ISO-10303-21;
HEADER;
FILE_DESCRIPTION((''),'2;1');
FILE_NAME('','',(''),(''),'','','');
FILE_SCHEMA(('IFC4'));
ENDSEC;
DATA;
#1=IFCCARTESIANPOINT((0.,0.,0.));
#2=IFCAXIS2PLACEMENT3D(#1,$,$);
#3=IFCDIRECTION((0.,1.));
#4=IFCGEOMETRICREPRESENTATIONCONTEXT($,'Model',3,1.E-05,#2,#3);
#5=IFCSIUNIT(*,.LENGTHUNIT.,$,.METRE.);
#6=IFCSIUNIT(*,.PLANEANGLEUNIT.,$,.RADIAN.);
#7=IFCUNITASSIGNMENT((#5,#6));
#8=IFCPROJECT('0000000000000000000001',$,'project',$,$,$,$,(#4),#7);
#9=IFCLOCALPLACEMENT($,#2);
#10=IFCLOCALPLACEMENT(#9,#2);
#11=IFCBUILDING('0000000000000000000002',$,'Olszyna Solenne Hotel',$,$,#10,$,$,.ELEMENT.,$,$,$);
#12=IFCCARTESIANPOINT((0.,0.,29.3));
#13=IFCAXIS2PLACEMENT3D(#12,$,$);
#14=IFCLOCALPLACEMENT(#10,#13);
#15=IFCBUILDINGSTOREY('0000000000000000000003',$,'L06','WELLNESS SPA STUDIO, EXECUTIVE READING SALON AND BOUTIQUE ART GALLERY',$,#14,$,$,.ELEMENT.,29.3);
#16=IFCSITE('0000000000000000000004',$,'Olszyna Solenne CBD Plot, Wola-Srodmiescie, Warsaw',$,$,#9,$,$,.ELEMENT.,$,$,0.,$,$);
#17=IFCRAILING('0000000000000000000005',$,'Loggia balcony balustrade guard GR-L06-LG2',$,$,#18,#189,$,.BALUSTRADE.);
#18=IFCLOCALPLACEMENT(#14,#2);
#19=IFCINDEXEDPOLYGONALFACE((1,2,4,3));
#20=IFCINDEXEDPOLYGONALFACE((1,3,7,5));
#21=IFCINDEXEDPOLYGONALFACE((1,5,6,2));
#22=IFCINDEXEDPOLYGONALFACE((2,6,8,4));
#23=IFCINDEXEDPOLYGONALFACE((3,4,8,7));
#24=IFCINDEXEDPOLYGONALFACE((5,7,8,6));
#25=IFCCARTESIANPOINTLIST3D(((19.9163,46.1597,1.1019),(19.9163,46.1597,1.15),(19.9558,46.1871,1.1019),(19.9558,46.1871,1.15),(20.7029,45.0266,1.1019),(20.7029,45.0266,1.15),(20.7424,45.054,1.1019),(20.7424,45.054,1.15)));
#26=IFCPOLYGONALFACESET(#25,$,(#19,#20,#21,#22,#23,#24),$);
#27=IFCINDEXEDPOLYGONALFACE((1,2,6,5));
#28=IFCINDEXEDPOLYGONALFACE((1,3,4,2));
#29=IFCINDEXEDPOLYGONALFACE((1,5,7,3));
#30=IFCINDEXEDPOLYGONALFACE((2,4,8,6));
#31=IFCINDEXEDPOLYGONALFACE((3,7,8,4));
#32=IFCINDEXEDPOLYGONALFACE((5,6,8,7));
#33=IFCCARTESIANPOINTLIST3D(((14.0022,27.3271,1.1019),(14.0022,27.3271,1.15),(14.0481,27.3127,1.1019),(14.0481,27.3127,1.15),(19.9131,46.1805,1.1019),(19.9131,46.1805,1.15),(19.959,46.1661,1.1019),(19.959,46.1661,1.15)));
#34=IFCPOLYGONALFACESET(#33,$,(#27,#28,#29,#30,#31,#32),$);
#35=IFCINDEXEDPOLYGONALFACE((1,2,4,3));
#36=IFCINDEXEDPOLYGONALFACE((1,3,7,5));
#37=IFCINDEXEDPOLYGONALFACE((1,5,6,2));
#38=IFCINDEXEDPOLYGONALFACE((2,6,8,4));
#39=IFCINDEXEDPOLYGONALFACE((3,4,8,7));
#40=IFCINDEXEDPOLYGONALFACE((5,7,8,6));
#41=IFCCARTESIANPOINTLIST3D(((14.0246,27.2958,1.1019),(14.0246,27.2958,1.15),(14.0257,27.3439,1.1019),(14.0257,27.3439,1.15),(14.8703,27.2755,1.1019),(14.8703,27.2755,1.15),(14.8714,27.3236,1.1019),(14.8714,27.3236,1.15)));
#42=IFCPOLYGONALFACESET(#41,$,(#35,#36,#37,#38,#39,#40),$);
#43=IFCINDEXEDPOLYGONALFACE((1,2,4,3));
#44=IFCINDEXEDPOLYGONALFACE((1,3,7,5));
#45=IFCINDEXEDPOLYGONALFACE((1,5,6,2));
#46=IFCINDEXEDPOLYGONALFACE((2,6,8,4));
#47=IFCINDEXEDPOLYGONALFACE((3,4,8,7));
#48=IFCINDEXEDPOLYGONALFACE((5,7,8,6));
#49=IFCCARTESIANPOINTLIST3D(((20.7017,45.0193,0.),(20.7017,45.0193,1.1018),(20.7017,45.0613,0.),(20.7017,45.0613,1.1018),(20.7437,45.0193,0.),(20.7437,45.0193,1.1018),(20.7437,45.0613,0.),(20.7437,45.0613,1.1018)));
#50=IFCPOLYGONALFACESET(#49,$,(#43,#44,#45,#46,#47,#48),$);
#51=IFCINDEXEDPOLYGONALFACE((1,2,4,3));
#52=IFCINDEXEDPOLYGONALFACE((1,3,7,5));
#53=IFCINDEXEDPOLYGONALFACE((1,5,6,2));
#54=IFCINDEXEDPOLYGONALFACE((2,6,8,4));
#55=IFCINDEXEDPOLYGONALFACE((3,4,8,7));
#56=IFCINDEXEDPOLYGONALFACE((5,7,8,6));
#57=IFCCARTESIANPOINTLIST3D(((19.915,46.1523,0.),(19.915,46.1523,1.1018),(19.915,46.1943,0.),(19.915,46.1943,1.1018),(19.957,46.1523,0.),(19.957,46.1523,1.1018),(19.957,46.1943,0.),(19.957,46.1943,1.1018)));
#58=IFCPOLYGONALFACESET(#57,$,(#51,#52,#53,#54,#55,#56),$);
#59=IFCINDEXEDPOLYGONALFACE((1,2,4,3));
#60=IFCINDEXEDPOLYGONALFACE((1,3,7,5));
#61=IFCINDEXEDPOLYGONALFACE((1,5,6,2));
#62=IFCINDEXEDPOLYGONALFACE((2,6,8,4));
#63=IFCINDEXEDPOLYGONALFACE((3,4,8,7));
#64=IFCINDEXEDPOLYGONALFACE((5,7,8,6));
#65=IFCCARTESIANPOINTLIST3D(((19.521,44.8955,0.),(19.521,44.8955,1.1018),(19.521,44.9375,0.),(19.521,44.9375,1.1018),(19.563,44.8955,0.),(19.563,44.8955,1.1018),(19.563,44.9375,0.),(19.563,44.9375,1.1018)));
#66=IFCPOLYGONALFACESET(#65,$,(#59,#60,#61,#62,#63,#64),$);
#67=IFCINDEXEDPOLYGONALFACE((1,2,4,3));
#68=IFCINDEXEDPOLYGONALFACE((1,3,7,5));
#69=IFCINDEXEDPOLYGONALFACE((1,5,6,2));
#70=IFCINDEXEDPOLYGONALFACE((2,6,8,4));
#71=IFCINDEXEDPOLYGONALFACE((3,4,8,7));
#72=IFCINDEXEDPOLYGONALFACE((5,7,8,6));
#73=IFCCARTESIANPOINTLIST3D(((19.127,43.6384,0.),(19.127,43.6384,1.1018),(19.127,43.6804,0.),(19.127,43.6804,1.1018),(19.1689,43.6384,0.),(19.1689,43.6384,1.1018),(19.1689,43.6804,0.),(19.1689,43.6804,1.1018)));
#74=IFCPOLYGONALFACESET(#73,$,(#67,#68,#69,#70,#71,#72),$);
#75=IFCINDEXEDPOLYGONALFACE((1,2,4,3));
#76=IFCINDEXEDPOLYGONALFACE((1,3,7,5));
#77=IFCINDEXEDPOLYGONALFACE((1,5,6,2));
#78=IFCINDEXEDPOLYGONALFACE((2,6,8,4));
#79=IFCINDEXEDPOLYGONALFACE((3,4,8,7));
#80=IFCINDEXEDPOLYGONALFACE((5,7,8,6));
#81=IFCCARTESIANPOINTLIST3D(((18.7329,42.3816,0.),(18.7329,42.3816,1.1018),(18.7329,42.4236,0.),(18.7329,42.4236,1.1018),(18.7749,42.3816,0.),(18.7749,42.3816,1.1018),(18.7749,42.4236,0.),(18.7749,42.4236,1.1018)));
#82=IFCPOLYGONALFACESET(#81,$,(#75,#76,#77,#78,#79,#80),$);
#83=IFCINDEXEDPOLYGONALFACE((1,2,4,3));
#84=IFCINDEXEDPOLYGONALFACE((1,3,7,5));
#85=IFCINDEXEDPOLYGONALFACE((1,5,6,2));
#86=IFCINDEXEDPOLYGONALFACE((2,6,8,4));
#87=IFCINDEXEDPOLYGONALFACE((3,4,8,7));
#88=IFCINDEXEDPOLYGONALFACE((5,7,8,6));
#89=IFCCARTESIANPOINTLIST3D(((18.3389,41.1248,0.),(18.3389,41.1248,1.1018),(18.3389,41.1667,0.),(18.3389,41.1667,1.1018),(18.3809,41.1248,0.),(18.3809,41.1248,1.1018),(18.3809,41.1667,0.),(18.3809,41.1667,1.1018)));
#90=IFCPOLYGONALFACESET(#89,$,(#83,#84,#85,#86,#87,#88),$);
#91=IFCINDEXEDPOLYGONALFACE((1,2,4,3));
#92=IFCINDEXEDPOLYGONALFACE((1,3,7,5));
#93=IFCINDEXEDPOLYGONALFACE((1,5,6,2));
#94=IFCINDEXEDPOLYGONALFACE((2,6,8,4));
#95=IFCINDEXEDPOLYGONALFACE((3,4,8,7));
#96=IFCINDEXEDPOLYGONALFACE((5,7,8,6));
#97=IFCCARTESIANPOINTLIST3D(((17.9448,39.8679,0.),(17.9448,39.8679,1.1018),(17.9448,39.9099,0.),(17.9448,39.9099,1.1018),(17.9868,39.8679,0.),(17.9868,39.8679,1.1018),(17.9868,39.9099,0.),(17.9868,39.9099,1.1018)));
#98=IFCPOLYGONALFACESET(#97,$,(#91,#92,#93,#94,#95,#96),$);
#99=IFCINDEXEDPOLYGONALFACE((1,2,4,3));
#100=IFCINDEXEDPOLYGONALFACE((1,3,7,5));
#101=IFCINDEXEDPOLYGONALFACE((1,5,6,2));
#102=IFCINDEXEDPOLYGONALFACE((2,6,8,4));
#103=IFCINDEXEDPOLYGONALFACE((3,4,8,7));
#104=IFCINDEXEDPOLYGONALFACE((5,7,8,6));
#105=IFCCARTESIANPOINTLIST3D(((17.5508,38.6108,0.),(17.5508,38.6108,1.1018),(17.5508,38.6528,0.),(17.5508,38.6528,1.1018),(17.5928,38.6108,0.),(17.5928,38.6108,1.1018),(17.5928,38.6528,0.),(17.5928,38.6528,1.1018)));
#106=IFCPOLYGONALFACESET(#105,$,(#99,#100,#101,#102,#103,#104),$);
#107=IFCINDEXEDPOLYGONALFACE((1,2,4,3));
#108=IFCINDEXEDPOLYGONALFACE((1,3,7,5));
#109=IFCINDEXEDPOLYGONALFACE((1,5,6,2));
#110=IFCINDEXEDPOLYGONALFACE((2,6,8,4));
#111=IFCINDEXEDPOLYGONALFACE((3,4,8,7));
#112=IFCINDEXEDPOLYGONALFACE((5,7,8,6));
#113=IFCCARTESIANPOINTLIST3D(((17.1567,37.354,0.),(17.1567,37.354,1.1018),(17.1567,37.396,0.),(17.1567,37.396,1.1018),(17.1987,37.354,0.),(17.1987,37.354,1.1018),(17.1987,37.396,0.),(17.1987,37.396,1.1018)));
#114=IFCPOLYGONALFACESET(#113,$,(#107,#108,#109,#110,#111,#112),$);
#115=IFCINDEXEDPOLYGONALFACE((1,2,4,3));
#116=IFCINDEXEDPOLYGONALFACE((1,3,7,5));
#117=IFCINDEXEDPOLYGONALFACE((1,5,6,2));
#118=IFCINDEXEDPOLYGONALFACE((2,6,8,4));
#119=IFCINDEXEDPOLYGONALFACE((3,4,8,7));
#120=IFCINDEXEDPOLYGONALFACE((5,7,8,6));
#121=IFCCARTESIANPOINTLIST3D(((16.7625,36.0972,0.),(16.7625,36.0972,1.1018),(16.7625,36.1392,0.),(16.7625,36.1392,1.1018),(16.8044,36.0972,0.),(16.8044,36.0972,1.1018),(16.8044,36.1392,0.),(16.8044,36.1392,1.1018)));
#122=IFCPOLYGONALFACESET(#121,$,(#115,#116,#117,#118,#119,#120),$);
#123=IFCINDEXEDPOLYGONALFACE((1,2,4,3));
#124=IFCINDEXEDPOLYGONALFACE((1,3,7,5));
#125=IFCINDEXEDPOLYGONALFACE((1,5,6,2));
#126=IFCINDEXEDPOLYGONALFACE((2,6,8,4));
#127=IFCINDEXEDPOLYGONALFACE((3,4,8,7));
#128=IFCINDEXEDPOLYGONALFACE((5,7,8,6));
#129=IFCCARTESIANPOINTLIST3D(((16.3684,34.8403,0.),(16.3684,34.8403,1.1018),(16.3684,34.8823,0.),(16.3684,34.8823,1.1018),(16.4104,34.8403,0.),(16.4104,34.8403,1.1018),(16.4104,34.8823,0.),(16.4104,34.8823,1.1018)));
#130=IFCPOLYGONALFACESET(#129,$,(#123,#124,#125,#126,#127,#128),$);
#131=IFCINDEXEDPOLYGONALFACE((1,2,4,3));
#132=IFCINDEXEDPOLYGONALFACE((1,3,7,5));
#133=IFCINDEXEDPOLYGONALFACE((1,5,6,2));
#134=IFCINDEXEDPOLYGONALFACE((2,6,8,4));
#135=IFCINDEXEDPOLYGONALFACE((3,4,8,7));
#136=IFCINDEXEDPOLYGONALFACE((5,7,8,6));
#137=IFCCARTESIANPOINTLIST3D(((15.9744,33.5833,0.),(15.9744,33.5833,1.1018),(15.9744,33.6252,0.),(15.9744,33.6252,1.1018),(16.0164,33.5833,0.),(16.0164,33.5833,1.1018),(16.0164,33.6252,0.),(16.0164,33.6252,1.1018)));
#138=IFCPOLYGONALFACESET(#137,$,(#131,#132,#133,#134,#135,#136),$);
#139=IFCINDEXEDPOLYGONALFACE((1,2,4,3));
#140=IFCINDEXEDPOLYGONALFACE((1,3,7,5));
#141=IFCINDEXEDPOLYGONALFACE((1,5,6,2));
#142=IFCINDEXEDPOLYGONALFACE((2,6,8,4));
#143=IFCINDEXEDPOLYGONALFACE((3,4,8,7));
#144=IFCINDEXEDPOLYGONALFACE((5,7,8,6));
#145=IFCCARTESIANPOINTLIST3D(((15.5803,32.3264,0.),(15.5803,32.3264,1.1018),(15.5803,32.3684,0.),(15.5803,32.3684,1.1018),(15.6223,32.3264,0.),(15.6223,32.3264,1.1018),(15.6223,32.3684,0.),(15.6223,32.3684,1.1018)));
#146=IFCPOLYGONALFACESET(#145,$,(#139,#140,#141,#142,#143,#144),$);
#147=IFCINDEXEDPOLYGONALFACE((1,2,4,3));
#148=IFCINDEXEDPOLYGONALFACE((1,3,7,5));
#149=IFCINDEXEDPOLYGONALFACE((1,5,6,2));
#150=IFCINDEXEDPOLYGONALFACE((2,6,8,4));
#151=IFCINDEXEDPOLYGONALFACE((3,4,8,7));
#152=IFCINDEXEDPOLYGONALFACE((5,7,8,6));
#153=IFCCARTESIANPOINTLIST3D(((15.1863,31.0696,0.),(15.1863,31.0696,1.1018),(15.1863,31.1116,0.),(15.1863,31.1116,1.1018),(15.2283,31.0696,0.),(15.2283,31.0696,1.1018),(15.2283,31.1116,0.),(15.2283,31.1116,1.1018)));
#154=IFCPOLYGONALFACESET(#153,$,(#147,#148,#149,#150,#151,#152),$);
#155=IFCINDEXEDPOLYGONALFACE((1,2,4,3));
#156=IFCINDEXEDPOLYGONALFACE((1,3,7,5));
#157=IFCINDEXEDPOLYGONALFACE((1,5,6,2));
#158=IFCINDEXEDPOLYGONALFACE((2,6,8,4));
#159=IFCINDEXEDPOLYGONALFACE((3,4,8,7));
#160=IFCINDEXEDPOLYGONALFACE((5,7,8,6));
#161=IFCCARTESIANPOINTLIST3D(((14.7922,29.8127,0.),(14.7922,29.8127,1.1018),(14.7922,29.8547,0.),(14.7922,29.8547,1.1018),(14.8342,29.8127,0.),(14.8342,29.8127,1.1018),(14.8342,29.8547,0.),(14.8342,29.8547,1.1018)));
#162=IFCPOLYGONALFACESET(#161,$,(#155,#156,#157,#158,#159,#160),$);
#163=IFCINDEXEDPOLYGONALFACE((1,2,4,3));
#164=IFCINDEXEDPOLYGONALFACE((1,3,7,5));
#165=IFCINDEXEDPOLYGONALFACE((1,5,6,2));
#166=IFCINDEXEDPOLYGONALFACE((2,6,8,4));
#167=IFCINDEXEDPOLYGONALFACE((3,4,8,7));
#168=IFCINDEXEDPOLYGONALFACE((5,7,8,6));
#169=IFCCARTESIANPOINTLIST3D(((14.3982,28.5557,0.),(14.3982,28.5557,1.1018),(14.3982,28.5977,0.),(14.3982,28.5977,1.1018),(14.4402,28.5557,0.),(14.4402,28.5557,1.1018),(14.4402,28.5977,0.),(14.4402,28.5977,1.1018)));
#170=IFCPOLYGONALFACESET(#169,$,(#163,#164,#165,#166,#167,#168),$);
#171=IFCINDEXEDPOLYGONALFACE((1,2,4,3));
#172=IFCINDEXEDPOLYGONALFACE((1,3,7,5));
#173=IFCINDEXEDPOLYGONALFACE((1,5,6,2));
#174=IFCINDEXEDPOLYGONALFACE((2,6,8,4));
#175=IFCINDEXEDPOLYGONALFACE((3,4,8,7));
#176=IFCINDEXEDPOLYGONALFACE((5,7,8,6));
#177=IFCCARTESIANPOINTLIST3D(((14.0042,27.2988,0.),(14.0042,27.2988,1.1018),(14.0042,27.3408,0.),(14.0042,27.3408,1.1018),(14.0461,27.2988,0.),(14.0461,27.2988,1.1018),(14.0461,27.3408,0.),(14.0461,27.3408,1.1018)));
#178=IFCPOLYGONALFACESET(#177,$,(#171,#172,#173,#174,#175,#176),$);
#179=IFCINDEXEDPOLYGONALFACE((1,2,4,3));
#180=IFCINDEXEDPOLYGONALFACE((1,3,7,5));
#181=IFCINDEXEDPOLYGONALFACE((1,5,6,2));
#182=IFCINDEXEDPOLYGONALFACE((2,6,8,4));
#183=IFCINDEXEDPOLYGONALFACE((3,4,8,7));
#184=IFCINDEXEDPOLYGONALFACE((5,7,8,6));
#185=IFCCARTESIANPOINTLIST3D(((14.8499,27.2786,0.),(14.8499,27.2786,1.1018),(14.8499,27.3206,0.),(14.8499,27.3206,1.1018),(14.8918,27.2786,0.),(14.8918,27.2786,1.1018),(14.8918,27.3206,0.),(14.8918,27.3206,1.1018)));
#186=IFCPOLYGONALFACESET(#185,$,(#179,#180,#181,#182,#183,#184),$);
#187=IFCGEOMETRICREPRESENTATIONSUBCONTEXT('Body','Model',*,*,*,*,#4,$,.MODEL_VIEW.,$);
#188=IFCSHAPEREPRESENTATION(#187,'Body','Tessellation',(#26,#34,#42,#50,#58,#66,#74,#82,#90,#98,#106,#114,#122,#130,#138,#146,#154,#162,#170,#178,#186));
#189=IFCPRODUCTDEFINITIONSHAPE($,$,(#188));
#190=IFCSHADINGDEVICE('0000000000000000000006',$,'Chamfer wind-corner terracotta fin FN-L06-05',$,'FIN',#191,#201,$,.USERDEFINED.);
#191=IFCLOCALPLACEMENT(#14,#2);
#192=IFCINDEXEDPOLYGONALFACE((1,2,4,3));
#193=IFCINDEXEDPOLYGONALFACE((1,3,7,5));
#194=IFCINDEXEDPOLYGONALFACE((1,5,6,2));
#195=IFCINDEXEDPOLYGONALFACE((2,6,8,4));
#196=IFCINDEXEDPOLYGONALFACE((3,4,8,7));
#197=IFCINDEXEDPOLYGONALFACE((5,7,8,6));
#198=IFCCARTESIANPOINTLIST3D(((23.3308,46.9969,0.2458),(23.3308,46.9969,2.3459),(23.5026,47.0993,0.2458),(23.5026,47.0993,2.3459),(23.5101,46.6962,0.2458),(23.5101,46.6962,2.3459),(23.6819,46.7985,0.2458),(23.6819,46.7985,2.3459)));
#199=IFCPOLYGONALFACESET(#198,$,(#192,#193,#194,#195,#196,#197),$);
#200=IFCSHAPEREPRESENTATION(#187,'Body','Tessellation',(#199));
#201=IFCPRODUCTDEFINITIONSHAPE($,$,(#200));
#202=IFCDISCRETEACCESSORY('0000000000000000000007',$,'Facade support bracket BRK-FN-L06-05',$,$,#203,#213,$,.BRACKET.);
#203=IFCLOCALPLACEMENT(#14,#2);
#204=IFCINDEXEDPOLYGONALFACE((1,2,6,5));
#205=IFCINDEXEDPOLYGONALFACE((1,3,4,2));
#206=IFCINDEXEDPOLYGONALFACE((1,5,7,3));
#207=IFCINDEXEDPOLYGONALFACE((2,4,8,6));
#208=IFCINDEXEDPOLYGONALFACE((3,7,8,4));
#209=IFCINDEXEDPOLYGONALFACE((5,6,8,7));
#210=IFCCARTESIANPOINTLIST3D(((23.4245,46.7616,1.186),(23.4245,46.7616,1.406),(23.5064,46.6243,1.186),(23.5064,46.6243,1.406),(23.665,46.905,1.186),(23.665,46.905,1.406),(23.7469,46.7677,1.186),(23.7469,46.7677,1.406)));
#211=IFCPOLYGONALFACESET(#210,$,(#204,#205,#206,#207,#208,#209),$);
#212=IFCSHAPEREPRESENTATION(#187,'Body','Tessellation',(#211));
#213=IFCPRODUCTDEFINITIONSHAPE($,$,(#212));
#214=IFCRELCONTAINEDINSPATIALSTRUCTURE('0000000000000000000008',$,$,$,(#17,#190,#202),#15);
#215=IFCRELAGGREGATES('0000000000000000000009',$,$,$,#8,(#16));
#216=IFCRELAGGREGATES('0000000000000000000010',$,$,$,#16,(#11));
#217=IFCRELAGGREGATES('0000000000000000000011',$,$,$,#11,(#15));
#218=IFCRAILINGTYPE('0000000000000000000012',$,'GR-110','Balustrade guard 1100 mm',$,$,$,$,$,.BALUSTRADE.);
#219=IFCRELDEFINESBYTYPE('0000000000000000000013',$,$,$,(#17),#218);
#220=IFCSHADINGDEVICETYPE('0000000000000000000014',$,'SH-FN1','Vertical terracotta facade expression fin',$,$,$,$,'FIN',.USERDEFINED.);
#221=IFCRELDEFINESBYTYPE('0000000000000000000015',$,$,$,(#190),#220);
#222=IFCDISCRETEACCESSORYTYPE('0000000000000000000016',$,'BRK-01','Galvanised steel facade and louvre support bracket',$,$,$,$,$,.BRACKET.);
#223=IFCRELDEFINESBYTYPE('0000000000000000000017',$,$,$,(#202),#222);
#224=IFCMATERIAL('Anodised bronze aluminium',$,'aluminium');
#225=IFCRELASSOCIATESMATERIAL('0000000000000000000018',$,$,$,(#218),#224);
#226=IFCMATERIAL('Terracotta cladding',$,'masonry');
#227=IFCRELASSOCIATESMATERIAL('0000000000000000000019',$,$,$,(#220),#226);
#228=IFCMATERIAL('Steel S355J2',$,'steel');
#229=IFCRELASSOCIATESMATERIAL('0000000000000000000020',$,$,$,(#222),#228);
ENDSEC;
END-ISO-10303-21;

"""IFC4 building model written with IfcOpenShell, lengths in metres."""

from ifc_helpers import new_model, si_unit, direction, frame, origin, origin_2d, place, context, subcontext, project, spatial, rectangle, extrude, source, transform, mapped, material, type_object, element, save


model = new_model("IFC4")

# Units and contexts
model_context = context("Model", 3, precision=1e-05, world=origin(), true_north=direction((0.0, 1.0)))
body_context = subcontext(model_context, "Body", "Model", "MODEL_VIEW")
ifc_project = project(units=[si_unit("LENGTHUNIT", "METRE"), si_unit("PLANEANGLEUNIT", "RADIAN")], contexts=[model_context])

# Site, building, storey
site_placement = place(None, origin())
site = spatial("IfcSite", under=ifc_project, at=site_placement, Name="Olszyna Solenne CBD Plot, Wola-Srodmiescie, Warsaw", CompositionType="ELEMENT", RefElevation=0.0)
building_placement = place(site_placement, origin())
building = spatial("IfcBuilding", under=site, at=building_placement, Name="Olszyna Solenne Hotel", CompositionType="ELEMENT")
storey_placement = place(building_placement, frame((0.0, 0.0, 29.3)))
storey = spatial("IfcBuildingStorey", under=building, at=storey_placement, Name="L06", Description="WELLNESS SPA STUDIO, EXECUTIVE READING SALON AND BOUTIQUE ART GALLERY", CompositionType="ELEMENT", Elevation=29.3)

# Shared definitions
ifc_material_1 = material(Name="Steel S355J2", Category="steel")

# Shared definitions
ifc_material_2 = material(Name="Anodised bronze aluminium", Category="aluminium")

# Shared definitions
ifc_material_3 = material(Name="Terracotta cladding", Category="masonry")

# Railing
railing_type = type_object("IfcRailingType", Name="GR-110", Description="Balustrade guard 1100 mm", PredefinedType="BALUSTRADE", material=ifc_material_2)
railing_placement = place(storey_placement, frame((20.7227, 45.0403, 0.0)))
element("IfcRailing", 1, at=railing_placement, inside=storey, type_object=railing_type, Name="Loggia balcony balustrade guard GR-L06-LG2", PredefinedType="BALUSTRADE", context=body_context, shape_type="SweptSolid", body=[
    extrude(rectangle(XDim=0.0481, YDim=0.0481, at=origin_2d()), frame((0.0, 0.0, 1.126), z_axis=(-0.570286, 0.821446, 0.0), x_axis=(-0.821446, -0.570286, 0.0)), (0.0, 0.0, 1.0), 1.3794),
    extrude(rectangle(XDim=0.0481, YDim=0.0481, at=origin_2d()), frame((-0.7866, 1.1331, 1.126), z_axis=(-0.299159, -0.954203, 0.0), x_axis=(0.954203, -0.299159, 0.0)), (0.0, 0.0, 1.0), 19.7583),
    extrude(rectangle(XDim=0.0481, YDim=0.0481, at=origin_2d()), frame((-6.6975, -17.7205, 1.126), z_axis=(0.999713, -0.023954, 0.0), x_axis=(0.023954, 0.999713, 0.0)), (0.0, 0.0, 1.0), 0.8459),
    extrude(rectangle(XDim=0.042, YDim=0.042, at=origin_2d()), origin(), (0.0, 0.0, 1.0), 1.1018),
    extrude(rectangle(XDim=0.042, YDim=0.042, at=origin_2d()), frame((-0.7866, 1.1331, 0.0)), (0.0, 0.0, 1.0), 1.1018),
    extrude(rectangle(XDim=0.042, YDim=0.042, at=origin_2d()), frame((-1.1807, -0.1238, 0.0)), (0.0, 0.0, 1.0), 1.1018),
    extrude(rectangle(XDim=0.042, YDim=0.042, at=origin_2d()), frame((-1.5747, -1.3809, 0.0)), (0.0, 0.0, 1.0), 1.1018),
    extrude(rectangle(XDim=0.042, YDim=0.042, at=origin_2d()), frame((-1.9688, -2.6377, 0.0)), (0.0, 0.0, 1.0), 1.1018),
    extrude(rectangle(XDim=0.042, YDim=0.042, at=origin_2d()), frame((-2.3628, -3.8945, 0.0)), (0.0, 0.0, 1.0), 1.1018),
    extrude(rectangle(XDim=0.042, YDim=0.042, at=origin_2d()), frame((-2.7568, -5.1514, 0.0)), (0.0, 0.0, 1.0), 1.1018),
    extrude(rectangle(XDim=0.042, YDim=0.042, at=origin_2d()), frame((-3.1509, -6.4084, 0.0)), (0.0, 0.0, 1.0), 1.1018),
    extrude(rectangle(XDim=0.042, YDim=0.042, at=origin_2d()), frame((-3.5449, -7.6653, 0.0)), (0.0, 0.0, 1.0), 1.1018),
    extrude(rectangle(XDim=0.042, YDim=0.042, at=origin_2d()), frame((-3.9392, -8.9221, 0.0)), (0.0, 0.0, 1.0), 1.1018),
    extrude(rectangle(XDim=0.042, YDim=0.042, at=origin_2d()), frame((-4.3333, -10.179, 0.0)), (0.0, 0.0, 1.0), 1.1018),
    extrude(rectangle(XDim=0.042, YDim=0.042, at=origin_2d()), frame((-4.7273, -11.436, 0.0)), (0.0, 0.0, 1.0), 1.1018),
    extrude(rectangle(XDim=0.042, YDim=0.042, at=origin_2d()), frame((-5.1213, -12.6929, 0.0)), (0.0, 0.0, 1.0), 1.1018),
    extrude(rectangle(XDim=0.042, YDim=0.042, at=origin_2d()), frame((-5.5154, -13.9497, 0.0)), (0.0, 0.0, 1.0), 1.1018),
    extrude(rectangle(XDim=0.042, YDim=0.042, at=origin_2d()), frame((-5.9094, -15.2065, 0.0)), (0.0, 0.0, 1.0), 1.1018),
    extrude(rectangle(XDim=0.042, YDim=0.042, at=origin_2d()), frame((-6.3035, -16.4636, 0.0)), (0.0, 0.0, 1.0), 1.1018),
    extrude(rectangle(XDim=0.042, YDim=0.042, at=origin_2d()), frame((-6.6975, -17.7205, 0.0)), (0.0, 0.0, 1.0), 1.1018),
    extrude(rectangle(XDim=0.042, YDim=0.042, at=origin_2d()), frame((-5.8518, -17.7407, 0.0)), (0.0, 0.0, 1.0), 1.1018),
])

# Shading device
shading_device_type = type_object("IfcShadingDeviceType", Name="SH-FN1", Description="Vertical terracotta facade expression fin", ElementType="FIN", PredefinedType="USERDEFINED", material=ifc_material_3)
shared_shape_1 = source(origin(), body_context, "Body", "SweptSolid", [
    extrude(rectangle(XDim=0.2, YDim=0.3501, at=origin_2d()), origin(), (0.0, 0.0, 1.0), 2.1001),
])
shading_device_placement = place(storey_placement, frame((23.5063, 46.8977, 0.2458), z_axis=(0.0, 0.0, 1.0), x_axis=(0.85896, 0.512043, 0.0)))
element("IfcShadingDevice", 2, at=shading_device_placement, inside=storey, type_object=shading_device_type, Name="Chamfer wind-corner terracotta fin FN-L06-05", ObjectType="FIN", PredefinedType="USERDEFINED", context=body_context, shape_type="MappedRepresentation", body=[
    mapped(shared_shape_1, transform((0.0, 0.0, 0.0), x_axis=(1.0, 0.0, 0.0), y_axis=(0.0, 1.0, 0.0), z_axis=(0.0, 0.0, 1.0), scale=1.0)),
])

# Discrete accessory
discrete_accessory_type = type_object("IfcDiscreteAccessoryType", Name="BRK-01", Description="Galvanised steel facade and louvre support bracket", PredefinedType="BRACKET", material=ifc_material_1)
shared_shape_2 = source(origin(), body_context, "Body", "SweptSolid", [
    extrude(rectangle(XDim=0.28, YDim=0.1599, at=origin_2d()), origin(), (0.0, 0.0, 1.0), 0.22),
])
discrete_accessory_placement = place(storey_placement, frame((23.5857, 46.7646, 1.186), z_axis=(0.0, 0.0, 1.0), x_axis=(0.85896, 0.512043, 0.0)))
element("IfcDiscreteAccessory", 3, at=discrete_accessory_placement, inside=storey, type_object=discrete_accessory_type, Name="Facade support bracket BRK-FN-L06-05", PredefinedType="BRACKET", context=body_context, shape_type="MappedRepresentation", body=[
    mapped(shared_shape_2, transform((0.0, 0.0, 0.0), x_axis=(1.0, 0.0, 0.0), y_axis=(0.0, 1.0, 0.0), z_axis=(0.0, 0.0, 1.0), scale=1.0)),
])

save(model, "model.ifc")
